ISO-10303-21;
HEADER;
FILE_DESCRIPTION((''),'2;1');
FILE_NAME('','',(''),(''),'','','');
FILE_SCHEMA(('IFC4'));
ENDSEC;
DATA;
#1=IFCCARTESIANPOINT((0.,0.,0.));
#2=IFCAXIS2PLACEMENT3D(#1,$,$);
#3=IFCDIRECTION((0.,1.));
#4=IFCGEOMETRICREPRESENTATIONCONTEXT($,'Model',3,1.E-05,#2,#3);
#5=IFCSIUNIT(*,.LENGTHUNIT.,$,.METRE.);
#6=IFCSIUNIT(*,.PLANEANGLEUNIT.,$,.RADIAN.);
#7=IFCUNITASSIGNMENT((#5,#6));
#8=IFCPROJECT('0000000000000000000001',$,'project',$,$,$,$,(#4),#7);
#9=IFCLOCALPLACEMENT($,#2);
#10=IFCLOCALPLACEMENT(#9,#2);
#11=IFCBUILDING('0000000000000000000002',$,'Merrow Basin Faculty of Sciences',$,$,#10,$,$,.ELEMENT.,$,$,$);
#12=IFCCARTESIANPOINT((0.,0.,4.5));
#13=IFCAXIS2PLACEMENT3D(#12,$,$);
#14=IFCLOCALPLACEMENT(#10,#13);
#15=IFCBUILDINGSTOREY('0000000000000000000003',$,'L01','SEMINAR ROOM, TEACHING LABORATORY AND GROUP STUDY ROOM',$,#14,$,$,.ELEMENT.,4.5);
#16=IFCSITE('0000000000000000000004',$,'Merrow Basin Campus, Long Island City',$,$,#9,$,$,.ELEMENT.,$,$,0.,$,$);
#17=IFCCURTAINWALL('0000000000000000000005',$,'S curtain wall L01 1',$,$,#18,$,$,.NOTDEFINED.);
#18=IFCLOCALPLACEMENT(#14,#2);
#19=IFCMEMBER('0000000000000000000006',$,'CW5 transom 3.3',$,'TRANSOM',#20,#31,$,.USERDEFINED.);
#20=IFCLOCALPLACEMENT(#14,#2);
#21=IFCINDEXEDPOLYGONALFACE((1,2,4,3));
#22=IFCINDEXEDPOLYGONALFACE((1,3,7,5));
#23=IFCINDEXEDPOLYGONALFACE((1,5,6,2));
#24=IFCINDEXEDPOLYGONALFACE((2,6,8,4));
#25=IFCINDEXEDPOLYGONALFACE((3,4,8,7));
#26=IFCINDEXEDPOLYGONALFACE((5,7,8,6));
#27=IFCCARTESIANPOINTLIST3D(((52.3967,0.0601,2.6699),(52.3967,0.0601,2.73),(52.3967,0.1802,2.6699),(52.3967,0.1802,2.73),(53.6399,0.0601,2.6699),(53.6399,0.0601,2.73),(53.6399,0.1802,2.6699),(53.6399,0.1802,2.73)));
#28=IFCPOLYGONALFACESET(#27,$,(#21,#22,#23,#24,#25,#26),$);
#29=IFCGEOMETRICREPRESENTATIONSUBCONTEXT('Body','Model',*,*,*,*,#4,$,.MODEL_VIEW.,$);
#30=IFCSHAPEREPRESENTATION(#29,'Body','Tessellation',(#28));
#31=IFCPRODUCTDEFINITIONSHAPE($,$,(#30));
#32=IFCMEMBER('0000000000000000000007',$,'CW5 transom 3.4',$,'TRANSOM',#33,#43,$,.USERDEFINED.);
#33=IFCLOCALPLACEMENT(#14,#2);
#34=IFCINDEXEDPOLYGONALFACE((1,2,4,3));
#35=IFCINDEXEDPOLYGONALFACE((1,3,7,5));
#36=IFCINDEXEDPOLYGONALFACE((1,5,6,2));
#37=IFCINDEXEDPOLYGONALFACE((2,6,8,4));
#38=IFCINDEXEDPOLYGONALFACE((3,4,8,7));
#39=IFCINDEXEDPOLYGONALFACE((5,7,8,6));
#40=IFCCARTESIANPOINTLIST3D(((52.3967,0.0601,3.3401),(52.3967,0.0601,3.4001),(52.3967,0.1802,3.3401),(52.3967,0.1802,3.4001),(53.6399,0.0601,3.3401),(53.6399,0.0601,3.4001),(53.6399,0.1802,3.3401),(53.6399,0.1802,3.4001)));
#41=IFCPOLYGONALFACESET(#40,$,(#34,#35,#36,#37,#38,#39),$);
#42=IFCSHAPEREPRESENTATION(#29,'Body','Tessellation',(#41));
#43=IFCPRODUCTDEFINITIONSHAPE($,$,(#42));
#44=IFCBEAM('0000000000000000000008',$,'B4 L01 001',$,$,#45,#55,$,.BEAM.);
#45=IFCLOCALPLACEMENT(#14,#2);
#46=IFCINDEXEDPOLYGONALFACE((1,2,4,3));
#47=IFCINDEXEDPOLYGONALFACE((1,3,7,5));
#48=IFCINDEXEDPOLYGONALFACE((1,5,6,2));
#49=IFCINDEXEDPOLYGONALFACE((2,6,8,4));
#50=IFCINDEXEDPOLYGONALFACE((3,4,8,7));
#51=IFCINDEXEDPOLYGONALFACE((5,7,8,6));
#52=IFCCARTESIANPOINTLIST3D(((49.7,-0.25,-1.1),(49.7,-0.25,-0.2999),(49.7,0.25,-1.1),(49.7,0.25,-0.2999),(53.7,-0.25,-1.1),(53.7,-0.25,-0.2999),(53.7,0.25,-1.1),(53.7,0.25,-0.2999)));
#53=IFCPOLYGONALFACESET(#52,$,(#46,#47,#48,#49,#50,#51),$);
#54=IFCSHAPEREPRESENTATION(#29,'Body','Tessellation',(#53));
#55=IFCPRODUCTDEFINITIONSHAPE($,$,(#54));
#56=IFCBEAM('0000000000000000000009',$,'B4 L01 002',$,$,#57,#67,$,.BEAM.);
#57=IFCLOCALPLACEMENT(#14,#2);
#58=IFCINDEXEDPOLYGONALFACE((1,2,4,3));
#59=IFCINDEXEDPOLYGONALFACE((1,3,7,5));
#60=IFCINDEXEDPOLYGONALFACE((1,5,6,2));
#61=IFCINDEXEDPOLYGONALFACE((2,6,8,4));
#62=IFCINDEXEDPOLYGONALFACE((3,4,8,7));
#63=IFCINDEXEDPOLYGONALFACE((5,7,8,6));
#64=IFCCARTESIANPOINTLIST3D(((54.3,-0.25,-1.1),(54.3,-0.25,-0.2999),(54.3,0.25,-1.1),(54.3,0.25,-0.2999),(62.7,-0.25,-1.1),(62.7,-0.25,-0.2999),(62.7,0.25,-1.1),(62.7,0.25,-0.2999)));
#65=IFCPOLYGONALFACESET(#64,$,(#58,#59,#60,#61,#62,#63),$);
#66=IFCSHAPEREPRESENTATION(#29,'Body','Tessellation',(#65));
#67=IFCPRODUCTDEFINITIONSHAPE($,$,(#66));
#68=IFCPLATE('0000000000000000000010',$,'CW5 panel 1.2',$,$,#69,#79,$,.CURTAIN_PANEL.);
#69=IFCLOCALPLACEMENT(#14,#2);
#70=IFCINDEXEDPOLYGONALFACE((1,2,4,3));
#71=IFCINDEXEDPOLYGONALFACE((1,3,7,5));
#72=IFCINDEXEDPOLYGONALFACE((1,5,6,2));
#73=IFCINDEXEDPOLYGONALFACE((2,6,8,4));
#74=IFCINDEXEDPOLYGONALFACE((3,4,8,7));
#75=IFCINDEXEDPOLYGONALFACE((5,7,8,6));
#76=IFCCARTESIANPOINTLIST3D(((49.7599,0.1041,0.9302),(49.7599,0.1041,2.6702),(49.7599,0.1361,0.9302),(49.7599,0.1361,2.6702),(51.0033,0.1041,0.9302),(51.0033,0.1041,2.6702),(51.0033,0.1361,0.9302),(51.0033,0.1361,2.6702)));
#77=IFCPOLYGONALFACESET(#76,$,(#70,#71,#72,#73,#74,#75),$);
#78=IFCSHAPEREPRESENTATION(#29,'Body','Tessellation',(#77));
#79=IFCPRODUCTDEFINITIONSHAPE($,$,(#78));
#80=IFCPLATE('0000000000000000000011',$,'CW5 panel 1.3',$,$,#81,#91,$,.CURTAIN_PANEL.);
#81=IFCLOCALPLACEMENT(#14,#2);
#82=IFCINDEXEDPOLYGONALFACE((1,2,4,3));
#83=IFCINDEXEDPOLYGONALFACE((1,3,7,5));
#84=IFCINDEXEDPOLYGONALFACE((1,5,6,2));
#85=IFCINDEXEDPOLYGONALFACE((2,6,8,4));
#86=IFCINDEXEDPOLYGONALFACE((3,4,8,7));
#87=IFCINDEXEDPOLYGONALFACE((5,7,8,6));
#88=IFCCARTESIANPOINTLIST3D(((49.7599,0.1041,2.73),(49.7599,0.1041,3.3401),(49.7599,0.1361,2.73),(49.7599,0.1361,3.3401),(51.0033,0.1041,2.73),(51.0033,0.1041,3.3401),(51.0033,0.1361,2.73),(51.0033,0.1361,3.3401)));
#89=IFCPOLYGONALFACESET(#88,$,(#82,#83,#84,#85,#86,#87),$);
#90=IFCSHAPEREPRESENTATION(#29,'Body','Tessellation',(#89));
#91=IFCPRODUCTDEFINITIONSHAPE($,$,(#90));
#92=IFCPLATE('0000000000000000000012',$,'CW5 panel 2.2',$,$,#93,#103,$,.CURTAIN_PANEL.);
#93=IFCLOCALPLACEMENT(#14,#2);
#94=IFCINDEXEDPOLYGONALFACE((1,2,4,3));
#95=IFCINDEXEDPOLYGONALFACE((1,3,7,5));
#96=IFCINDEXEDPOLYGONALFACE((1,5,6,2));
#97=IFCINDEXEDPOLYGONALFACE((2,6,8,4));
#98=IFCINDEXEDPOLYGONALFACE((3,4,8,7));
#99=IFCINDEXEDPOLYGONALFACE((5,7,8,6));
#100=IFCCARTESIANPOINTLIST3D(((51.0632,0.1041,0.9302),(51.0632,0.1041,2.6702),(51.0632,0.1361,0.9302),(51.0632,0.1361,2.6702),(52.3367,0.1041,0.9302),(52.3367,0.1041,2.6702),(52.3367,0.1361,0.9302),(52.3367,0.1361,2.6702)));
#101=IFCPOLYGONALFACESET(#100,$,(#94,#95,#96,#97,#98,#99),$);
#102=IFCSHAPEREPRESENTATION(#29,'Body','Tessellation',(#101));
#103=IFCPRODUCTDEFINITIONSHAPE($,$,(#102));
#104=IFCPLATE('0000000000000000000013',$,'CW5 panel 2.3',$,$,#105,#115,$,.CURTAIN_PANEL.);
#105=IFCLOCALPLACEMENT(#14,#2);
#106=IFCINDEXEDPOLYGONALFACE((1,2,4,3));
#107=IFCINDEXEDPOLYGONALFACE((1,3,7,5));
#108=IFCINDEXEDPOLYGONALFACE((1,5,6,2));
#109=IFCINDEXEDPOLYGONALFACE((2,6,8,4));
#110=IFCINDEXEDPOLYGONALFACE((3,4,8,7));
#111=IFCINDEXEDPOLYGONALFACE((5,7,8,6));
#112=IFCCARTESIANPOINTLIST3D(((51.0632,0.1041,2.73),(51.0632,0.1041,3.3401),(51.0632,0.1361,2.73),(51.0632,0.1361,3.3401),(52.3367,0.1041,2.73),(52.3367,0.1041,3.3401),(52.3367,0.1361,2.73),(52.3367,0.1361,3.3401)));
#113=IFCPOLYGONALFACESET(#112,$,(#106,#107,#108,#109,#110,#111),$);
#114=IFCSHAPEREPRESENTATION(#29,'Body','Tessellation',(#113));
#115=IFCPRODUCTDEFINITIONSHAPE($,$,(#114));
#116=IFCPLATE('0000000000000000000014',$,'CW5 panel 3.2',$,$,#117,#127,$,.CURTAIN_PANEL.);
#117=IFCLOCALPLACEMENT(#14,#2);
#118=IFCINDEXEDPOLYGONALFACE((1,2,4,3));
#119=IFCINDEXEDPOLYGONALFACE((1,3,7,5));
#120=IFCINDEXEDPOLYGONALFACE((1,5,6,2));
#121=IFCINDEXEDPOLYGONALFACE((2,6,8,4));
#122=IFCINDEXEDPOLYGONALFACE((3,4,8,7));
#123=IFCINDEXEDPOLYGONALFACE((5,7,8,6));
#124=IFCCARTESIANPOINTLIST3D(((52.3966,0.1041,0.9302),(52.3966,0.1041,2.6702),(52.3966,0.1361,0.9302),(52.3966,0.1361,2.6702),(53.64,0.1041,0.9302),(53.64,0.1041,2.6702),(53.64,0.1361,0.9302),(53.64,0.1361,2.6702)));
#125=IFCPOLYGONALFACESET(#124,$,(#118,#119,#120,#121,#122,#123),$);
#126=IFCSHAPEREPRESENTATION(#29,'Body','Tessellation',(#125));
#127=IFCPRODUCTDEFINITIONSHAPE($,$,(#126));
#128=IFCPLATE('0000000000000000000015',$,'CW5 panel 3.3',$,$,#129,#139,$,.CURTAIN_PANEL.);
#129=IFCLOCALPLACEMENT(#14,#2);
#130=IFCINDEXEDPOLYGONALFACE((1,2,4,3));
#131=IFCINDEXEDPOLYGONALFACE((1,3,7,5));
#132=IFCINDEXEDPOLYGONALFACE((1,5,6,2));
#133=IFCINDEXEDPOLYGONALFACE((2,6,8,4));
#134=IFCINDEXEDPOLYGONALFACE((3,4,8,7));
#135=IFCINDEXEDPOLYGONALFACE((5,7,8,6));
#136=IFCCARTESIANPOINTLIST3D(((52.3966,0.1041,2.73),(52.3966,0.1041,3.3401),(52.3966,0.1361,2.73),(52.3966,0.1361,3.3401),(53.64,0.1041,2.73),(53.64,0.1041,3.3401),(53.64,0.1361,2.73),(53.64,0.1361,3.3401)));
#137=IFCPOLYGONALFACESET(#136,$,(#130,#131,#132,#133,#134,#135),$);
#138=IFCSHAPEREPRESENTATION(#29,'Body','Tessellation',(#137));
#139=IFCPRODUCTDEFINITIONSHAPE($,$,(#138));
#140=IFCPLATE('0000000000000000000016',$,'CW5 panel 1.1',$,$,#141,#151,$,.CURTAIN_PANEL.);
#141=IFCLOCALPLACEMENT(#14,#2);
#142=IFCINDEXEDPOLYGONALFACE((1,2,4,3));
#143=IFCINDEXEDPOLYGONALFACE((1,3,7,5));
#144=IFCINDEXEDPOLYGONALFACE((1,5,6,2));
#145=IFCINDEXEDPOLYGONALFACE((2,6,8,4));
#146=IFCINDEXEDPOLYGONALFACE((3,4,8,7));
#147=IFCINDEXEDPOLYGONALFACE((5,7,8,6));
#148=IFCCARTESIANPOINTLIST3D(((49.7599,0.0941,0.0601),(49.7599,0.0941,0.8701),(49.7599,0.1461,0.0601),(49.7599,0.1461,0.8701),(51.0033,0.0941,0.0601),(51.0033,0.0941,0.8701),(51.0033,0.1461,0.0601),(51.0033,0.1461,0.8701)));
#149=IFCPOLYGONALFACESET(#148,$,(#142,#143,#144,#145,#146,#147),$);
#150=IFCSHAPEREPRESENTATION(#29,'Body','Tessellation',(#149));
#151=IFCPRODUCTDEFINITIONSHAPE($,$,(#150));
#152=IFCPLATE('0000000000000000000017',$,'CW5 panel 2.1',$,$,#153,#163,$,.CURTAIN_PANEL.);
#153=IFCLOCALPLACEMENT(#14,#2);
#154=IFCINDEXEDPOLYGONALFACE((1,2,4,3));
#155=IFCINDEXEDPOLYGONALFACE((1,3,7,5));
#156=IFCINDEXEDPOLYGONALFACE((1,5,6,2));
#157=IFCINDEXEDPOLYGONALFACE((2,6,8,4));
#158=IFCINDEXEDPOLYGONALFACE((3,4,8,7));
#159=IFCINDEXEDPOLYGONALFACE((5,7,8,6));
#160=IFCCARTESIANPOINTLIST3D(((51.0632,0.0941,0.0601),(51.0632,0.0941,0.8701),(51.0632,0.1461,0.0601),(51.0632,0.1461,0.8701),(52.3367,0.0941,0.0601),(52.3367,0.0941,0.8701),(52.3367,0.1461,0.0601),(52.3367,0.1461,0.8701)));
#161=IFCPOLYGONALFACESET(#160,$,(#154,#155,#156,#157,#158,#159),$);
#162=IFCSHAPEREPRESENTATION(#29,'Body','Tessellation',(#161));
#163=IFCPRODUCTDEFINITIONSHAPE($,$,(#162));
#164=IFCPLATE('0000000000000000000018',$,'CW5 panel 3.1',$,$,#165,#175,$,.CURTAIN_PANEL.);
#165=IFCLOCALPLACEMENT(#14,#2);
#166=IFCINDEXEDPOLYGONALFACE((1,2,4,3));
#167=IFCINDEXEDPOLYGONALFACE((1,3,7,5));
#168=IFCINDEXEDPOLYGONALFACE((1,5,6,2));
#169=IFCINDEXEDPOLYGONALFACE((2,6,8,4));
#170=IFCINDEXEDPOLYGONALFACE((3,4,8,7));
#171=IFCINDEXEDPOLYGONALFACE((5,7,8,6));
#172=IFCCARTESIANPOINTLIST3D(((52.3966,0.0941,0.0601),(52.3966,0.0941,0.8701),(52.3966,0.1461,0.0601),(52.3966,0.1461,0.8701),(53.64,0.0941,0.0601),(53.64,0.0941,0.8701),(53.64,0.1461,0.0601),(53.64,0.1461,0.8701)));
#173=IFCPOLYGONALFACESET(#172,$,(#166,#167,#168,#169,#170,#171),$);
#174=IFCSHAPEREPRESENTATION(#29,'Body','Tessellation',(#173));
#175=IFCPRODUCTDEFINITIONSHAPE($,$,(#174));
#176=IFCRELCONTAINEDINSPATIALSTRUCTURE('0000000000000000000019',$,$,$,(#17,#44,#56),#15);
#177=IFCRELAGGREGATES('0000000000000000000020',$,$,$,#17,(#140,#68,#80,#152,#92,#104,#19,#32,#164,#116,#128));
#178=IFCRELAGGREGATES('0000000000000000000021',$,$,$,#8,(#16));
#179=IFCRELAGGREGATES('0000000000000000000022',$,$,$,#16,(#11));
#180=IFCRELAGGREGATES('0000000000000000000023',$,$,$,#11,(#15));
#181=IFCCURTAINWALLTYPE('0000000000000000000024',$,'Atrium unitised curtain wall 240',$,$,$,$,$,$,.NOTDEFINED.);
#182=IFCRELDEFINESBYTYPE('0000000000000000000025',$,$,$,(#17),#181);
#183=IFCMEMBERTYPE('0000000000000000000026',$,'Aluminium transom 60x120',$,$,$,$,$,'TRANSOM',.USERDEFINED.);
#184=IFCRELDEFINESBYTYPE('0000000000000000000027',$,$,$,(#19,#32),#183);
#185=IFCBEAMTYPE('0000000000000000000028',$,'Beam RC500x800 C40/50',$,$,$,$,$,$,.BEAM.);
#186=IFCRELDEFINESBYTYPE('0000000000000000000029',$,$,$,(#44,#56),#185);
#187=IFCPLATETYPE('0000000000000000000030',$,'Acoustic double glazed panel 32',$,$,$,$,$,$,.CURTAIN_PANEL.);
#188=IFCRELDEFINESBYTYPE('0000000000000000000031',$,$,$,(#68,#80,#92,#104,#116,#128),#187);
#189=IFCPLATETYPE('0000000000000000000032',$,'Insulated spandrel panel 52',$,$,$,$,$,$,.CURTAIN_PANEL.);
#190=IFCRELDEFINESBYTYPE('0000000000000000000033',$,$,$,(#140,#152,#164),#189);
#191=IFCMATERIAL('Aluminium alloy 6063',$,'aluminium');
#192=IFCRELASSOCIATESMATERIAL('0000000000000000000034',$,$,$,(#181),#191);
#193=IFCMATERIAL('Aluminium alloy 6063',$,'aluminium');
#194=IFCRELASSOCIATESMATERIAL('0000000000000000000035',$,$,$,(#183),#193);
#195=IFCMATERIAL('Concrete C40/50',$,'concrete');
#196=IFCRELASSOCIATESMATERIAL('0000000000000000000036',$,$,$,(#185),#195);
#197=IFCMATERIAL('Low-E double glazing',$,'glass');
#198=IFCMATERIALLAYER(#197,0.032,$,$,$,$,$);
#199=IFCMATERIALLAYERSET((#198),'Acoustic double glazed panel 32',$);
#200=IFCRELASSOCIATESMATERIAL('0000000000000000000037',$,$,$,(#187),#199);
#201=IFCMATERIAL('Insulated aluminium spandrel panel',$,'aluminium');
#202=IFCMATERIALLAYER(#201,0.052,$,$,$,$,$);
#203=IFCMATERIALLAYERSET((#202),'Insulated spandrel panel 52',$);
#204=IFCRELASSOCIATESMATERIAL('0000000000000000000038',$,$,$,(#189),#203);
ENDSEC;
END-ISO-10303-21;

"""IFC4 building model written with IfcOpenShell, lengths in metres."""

from ifc_helpers import new_model, si_unit, direction, frame, origin, origin_2d, place, context, subcontext, project, spatial, rectangle, extrude, material, layer, layer_set, material_profile, profile_set, type_object, element, aggregate, save


model = new_model("IFC4")

# Units and contexts
model_context = context("Model", 3, precision=1e-05, world=origin(), true_north=direction((0.0, 1.0)))
body_context = subcontext(model_context, "Body", "Model", "MODEL_VIEW")
ifc_project = project(units=[si_unit("LENGTHUNIT", "METRE"), si_unit("PLANEANGLEUNIT", "RADIAN")], contexts=[model_context])

# Site, building, storey
site_placement = place(None, origin())
site = spatial("IfcSite", under=ifc_project, at=site_placement, Name="Merrow Basin Campus, Long Island City", CompositionType="ELEMENT", RefElevation=0.0)
building_placement = place(site_placement, origin())
building = spatial("IfcBuilding", under=site, at=building_placement, Name="Merrow Basin Faculty of Sciences", CompositionType="ELEMENT")
storey_placement = place(building_placement, frame((0.0, 0.0, 4.5)))
storey = spatial("IfcBuildingStorey", under=building, at=storey_placement, Name="L01", Description="SEMINAR ROOM, TEACHING LABORATORY AND GROUP STUDY ROOM", CompositionType="ELEMENT", Elevation=4.5)

# Curtain wall, members
ifc_material_1 = material(Name="Aluminium alloy 6063", Category="aluminium")
curtain_wall_type = type_object("IfcCurtainWallType", Name="Atrium unitised curtain wall 240", PredefinedType="NOTDEFINED", material=ifc_material_1)
curtain_wall_placement = place(storey_placement, origin())
curtain_wall = element("IfcCurtainWall", 1, at=curtain_wall_placement, inside=storey, type_object=curtain_wall_type, Name="S curtain wall L01 1", PredefinedType="NOTDEFINED")
ifc_material_2 = material(Name="Aluminium alloy 6063", Category="aluminium")
ifc_material_profile_1 = material_profile(ifc_material_2, rectangle(XDim=0.1201, YDim=0.0601, at=origin_2d()))
ifc_profile_set_1 = profile_set([ifc_material_profile_1], Name="Aluminium alloy 6063")
member_type_1 = type_object("IfcMemberType", Name="Aluminium transom 60x120", ElementType="TRANSOM", PredefinedType="USERDEFINED", material=ifc_profile_set_1)
member_1_placement = place(storey_placement, frame((52.3967, 0.1201, 2.7), z_axis=(1.0, 0.0, 0.0), x_axis=(0.0, 1.0, 0.0)))
member_1 = element("IfcMember", 2, at=member_1_placement, type_object=member_type_1, Name="CW5 transom 3.3", ObjectType="TRANSOM", PredefinedType="USERDEFINED", context=body_context, shape_type="SweptSolid", body=[
    extrude(rectangle(XDim=0.1201, YDim=0.0601, at=origin_2d()), origin(), (0.0, 0.0, 1.0), 1.2432),
])
member_2_placement = place(storey_placement, frame((52.3967, 0.1201, 3.3701), z_axis=(1.0, 0.0, 0.0), x_axis=(0.0, 1.0, 0.0)))
member_2 = element("IfcMember", 3, at=member_2_placement, type_object=member_type_1, Name="CW5 transom 3.4", ObjectType="TRANSOM", PredefinedType="USERDEFINED", context=body_context, shape_type="SweptSolid", body=[
    extrude(rectangle(XDim=0.1201, YDim=0.0601, at=origin_2d()), origin(), (0.0, 0.0, 1.0), 1.2432),
])

# Beams
ifc_material_3 = material(Name="Concrete C40/50", Category="concrete")
ifc_material_profile_2 = material_profile(ifc_material_3, rectangle(XDim=0.5, YDim=0.8, at=origin_2d()))
ifc_profile_set_2 = profile_set([ifc_material_profile_2], Name="Concrete C40/50")
beam_type = type_object("IfcBeamType", Name="Beam RC500x800 C40/50", PredefinedType="BEAM", material=ifc_profile_set_2)
beam_1_placement = place(storey_placement, frame((49.7, 0.0, -0.7), z_axis=(1.0, 0.0, 0.0), x_axis=(0.0, 1.0, 0.0)))
element("IfcBeam", 4, at=beam_1_placement, inside=storey, type_object=beam_type, Name="B4 L01 001", PredefinedType="BEAM", context=body_context, shape_type="SweptSolid", body=[
    extrude(rectangle(XDim=0.5, YDim=0.8, at=origin_2d()), origin(), (0.0, 0.0, 1.0), 4.0),
])
beam_2_placement = place(storey_placement, frame((54.3, 0.0, -0.7), z_axis=(1.0, 0.0, 0.0), x_axis=(0.0, 1.0, 0.0)))
element("IfcBeam", 5, at=beam_2_placement, inside=storey, type_object=beam_type, Name="B4 L01 002", PredefinedType="BEAM", context=body_context, shape_type="SweptSolid", body=[
    extrude(rectangle(XDim=0.5, YDim=0.8, at=origin_2d()), origin(), (0.0, 0.0, 1.0), 8.3999),
])

# Plates
ifc_material_4 = material(Name="Low-E double glazing", Category="glass")
ifc_layer_1 = layer(ifc_material_4, 0.032)
ifc_layer_set_1 = layer_set([ifc_layer_1], Name="Acoustic double glazed panel 32")
plate_type_1 = type_object("IfcPlateType", Name="Acoustic double glazed panel 32", PredefinedType="CURTAIN_PANEL", material=ifc_layer_set_1)
plate_1_placement = place(storey_placement, frame((50.3816, 0.1201, 0.9302), z_axis=(0.0, 0.0, 1.0), x_axis=(1.0, 0.0, 0.0)))
plate_1 = element("IfcPlate", 6, at=plate_1_placement, type_object=plate_type_1, Name="CW5 panel 1.2", PredefinedType="CURTAIN_PANEL", context=body_context, shape_type="SweptSolid", body=[
    extrude(rectangle(XDim=1.2434, YDim=0.032, at=origin_2d()), origin(), (0.0, 0.0, 1.0), 1.74),
])
plate_2_placement = place(storey_placement, frame((50.3816, 0.1201, 2.73), z_axis=(0.0, 0.0, 1.0), x_axis=(1.0, 0.0, 0.0)))
plate_2 = element("IfcPlate", 7, at=plate_2_placement, type_object=plate_type_1, Name="CW5 panel 1.3", PredefinedType="CURTAIN_PANEL", context=body_context, shape_type="SweptSolid", body=[
    extrude(rectangle(XDim=1.2434, YDim=0.032, at=origin_2d()), origin(), (0.0, 0.0, 1.0), 0.6101),
])
plate_3_placement = place(storey_placement, frame((51.7, 0.1201, 0.9302), z_axis=(0.0, 0.0, 1.0), x_axis=(1.0, 0.0, 0.0)))
plate_3 = element("IfcPlate", 8, at=plate_3_placement, type_object=plate_type_1, Name="CW5 panel 2.2", PredefinedType="CURTAIN_PANEL", context=body_context, shape_type="SweptSolid", body=[
    extrude(rectangle(XDim=1.2734, YDim=0.032, at=origin_2d()), origin(), (0.0, 0.0, 1.0), 1.74),
])
plate_4_placement = place(storey_placement, frame((51.7, 0.1201, 2.73), z_axis=(0.0, 0.0, 1.0), x_axis=(1.0, 0.0, 0.0)))
plate_4 = element("IfcPlate", 9, at=plate_4_placement, type_object=plate_type_1, Name="CW5 panel 2.3", PredefinedType="CURTAIN_PANEL", context=body_context, shape_type="SweptSolid", body=[
    extrude(rectangle(XDim=1.2734, YDim=0.032, at=origin_2d()), origin(), (0.0, 0.0, 1.0), 0.6101),
])
plate_5_placement = place(storey_placement, frame((53.0183, 0.1201, 0.9302), z_axis=(0.0, 0.0, 1.0), x_axis=(1.0, 0.0, 0.0)))
plate_5 = element("IfcPlate", 10, at=plate_5_placement, type_object=plate_type_1, Name="CW5 panel 3.2", PredefinedType="CURTAIN_PANEL", context=body_context, shape_type="SweptSolid", body=[
    extrude(rectangle(XDim=1.2434, YDim=0.032, at=origin_2d()), origin(), (0.0, 0.0, 1.0), 1.74),
])
plate_6_placement = place(storey_placement, frame((53.0183, 0.1201, 2.73), z_axis=(0.0, 0.0, 1.0), x_axis=(1.0, 0.0, 0.0)))
plate_6 = element("IfcPlate", 11, at=plate_6_placement, type_object=plate_type_1, Name="CW5 panel 3.3", PredefinedType="CURTAIN_PANEL", context=body_context, shape_type="SweptSolid", body=[
    extrude(rectangle(XDim=1.2434, YDim=0.032, at=origin_2d()), origin(), (0.0, 0.0, 1.0), 0.6101),
])
ifc_material_5 = material(Name="Insulated aluminium spandrel panel", Category="aluminium")
ifc_layer_2 = layer(ifc_material_5, 0.052)
ifc_layer_set_2 = layer_set([ifc_layer_2], Name="Insulated spandrel panel 52")
plate_type_2 = type_object("IfcPlateType", Name="Insulated spandrel panel 52", PredefinedType="CURTAIN_PANEL", material=ifc_layer_set_2)
plate_7_placement = place(storey_placement, frame((50.3816, 0.1201, 0.0601), z_axis=(0.0, 0.0, 1.0), x_axis=(1.0, 0.0, 0.0)))
plate_7 = element("IfcPlate", 12, at=plate_7_placement, type_object=plate_type_2, Name="CW5 panel 1.1", PredefinedType="CURTAIN_PANEL", context=body_context, shape_type="SweptSolid", body=[
    extrude(rectangle(XDim=1.2434, YDim=0.052, at=origin_2d()), origin(), (0.0, 0.0, 1.0), 0.8101),
])
plate_8_placement = place(storey_placement, frame((51.7, 0.1201, 0.0601), z_axis=(0.0, 0.0, 1.0), x_axis=(1.0, 0.0, 0.0)))
plate_8 = element("IfcPlate", 13, at=plate_8_placement, type_object=plate_type_2, Name="CW5 panel 2.1", PredefinedType="CURTAIN_PANEL", context=body_context, shape_type="SweptSolid", body=[
    extrude(rectangle(XDim=1.2734, YDim=0.052, at=origin_2d()), origin(), (0.0, 0.0, 1.0), 0.8101),
])
plate_9_placement = place(storey_placement, frame((53.0183, 0.1201, 0.0601), z_axis=(0.0, 0.0, 1.0), x_axis=(1.0, 0.0, 0.0)))
plate_9 = element("IfcPlate", 14, at=plate_9_placement, type_object=plate_type_2, Name="CW5 panel 3.1", PredefinedType="CURTAIN_PANEL", context=body_context, shape_type="SweptSolid", body=[
    extrude(rectangle(XDim=1.2434, YDim=0.052, at=origin_2d()), origin(), (0.0, 0.0, 1.0), 0.8101),
])
aggregate(curtain_wall, [plate_7, plate_1, plate_2, plate_8, plate_3, plate_4, member_1, member_2, plate_9, plate_5, plate_6])

save(model, "model.ifc")
